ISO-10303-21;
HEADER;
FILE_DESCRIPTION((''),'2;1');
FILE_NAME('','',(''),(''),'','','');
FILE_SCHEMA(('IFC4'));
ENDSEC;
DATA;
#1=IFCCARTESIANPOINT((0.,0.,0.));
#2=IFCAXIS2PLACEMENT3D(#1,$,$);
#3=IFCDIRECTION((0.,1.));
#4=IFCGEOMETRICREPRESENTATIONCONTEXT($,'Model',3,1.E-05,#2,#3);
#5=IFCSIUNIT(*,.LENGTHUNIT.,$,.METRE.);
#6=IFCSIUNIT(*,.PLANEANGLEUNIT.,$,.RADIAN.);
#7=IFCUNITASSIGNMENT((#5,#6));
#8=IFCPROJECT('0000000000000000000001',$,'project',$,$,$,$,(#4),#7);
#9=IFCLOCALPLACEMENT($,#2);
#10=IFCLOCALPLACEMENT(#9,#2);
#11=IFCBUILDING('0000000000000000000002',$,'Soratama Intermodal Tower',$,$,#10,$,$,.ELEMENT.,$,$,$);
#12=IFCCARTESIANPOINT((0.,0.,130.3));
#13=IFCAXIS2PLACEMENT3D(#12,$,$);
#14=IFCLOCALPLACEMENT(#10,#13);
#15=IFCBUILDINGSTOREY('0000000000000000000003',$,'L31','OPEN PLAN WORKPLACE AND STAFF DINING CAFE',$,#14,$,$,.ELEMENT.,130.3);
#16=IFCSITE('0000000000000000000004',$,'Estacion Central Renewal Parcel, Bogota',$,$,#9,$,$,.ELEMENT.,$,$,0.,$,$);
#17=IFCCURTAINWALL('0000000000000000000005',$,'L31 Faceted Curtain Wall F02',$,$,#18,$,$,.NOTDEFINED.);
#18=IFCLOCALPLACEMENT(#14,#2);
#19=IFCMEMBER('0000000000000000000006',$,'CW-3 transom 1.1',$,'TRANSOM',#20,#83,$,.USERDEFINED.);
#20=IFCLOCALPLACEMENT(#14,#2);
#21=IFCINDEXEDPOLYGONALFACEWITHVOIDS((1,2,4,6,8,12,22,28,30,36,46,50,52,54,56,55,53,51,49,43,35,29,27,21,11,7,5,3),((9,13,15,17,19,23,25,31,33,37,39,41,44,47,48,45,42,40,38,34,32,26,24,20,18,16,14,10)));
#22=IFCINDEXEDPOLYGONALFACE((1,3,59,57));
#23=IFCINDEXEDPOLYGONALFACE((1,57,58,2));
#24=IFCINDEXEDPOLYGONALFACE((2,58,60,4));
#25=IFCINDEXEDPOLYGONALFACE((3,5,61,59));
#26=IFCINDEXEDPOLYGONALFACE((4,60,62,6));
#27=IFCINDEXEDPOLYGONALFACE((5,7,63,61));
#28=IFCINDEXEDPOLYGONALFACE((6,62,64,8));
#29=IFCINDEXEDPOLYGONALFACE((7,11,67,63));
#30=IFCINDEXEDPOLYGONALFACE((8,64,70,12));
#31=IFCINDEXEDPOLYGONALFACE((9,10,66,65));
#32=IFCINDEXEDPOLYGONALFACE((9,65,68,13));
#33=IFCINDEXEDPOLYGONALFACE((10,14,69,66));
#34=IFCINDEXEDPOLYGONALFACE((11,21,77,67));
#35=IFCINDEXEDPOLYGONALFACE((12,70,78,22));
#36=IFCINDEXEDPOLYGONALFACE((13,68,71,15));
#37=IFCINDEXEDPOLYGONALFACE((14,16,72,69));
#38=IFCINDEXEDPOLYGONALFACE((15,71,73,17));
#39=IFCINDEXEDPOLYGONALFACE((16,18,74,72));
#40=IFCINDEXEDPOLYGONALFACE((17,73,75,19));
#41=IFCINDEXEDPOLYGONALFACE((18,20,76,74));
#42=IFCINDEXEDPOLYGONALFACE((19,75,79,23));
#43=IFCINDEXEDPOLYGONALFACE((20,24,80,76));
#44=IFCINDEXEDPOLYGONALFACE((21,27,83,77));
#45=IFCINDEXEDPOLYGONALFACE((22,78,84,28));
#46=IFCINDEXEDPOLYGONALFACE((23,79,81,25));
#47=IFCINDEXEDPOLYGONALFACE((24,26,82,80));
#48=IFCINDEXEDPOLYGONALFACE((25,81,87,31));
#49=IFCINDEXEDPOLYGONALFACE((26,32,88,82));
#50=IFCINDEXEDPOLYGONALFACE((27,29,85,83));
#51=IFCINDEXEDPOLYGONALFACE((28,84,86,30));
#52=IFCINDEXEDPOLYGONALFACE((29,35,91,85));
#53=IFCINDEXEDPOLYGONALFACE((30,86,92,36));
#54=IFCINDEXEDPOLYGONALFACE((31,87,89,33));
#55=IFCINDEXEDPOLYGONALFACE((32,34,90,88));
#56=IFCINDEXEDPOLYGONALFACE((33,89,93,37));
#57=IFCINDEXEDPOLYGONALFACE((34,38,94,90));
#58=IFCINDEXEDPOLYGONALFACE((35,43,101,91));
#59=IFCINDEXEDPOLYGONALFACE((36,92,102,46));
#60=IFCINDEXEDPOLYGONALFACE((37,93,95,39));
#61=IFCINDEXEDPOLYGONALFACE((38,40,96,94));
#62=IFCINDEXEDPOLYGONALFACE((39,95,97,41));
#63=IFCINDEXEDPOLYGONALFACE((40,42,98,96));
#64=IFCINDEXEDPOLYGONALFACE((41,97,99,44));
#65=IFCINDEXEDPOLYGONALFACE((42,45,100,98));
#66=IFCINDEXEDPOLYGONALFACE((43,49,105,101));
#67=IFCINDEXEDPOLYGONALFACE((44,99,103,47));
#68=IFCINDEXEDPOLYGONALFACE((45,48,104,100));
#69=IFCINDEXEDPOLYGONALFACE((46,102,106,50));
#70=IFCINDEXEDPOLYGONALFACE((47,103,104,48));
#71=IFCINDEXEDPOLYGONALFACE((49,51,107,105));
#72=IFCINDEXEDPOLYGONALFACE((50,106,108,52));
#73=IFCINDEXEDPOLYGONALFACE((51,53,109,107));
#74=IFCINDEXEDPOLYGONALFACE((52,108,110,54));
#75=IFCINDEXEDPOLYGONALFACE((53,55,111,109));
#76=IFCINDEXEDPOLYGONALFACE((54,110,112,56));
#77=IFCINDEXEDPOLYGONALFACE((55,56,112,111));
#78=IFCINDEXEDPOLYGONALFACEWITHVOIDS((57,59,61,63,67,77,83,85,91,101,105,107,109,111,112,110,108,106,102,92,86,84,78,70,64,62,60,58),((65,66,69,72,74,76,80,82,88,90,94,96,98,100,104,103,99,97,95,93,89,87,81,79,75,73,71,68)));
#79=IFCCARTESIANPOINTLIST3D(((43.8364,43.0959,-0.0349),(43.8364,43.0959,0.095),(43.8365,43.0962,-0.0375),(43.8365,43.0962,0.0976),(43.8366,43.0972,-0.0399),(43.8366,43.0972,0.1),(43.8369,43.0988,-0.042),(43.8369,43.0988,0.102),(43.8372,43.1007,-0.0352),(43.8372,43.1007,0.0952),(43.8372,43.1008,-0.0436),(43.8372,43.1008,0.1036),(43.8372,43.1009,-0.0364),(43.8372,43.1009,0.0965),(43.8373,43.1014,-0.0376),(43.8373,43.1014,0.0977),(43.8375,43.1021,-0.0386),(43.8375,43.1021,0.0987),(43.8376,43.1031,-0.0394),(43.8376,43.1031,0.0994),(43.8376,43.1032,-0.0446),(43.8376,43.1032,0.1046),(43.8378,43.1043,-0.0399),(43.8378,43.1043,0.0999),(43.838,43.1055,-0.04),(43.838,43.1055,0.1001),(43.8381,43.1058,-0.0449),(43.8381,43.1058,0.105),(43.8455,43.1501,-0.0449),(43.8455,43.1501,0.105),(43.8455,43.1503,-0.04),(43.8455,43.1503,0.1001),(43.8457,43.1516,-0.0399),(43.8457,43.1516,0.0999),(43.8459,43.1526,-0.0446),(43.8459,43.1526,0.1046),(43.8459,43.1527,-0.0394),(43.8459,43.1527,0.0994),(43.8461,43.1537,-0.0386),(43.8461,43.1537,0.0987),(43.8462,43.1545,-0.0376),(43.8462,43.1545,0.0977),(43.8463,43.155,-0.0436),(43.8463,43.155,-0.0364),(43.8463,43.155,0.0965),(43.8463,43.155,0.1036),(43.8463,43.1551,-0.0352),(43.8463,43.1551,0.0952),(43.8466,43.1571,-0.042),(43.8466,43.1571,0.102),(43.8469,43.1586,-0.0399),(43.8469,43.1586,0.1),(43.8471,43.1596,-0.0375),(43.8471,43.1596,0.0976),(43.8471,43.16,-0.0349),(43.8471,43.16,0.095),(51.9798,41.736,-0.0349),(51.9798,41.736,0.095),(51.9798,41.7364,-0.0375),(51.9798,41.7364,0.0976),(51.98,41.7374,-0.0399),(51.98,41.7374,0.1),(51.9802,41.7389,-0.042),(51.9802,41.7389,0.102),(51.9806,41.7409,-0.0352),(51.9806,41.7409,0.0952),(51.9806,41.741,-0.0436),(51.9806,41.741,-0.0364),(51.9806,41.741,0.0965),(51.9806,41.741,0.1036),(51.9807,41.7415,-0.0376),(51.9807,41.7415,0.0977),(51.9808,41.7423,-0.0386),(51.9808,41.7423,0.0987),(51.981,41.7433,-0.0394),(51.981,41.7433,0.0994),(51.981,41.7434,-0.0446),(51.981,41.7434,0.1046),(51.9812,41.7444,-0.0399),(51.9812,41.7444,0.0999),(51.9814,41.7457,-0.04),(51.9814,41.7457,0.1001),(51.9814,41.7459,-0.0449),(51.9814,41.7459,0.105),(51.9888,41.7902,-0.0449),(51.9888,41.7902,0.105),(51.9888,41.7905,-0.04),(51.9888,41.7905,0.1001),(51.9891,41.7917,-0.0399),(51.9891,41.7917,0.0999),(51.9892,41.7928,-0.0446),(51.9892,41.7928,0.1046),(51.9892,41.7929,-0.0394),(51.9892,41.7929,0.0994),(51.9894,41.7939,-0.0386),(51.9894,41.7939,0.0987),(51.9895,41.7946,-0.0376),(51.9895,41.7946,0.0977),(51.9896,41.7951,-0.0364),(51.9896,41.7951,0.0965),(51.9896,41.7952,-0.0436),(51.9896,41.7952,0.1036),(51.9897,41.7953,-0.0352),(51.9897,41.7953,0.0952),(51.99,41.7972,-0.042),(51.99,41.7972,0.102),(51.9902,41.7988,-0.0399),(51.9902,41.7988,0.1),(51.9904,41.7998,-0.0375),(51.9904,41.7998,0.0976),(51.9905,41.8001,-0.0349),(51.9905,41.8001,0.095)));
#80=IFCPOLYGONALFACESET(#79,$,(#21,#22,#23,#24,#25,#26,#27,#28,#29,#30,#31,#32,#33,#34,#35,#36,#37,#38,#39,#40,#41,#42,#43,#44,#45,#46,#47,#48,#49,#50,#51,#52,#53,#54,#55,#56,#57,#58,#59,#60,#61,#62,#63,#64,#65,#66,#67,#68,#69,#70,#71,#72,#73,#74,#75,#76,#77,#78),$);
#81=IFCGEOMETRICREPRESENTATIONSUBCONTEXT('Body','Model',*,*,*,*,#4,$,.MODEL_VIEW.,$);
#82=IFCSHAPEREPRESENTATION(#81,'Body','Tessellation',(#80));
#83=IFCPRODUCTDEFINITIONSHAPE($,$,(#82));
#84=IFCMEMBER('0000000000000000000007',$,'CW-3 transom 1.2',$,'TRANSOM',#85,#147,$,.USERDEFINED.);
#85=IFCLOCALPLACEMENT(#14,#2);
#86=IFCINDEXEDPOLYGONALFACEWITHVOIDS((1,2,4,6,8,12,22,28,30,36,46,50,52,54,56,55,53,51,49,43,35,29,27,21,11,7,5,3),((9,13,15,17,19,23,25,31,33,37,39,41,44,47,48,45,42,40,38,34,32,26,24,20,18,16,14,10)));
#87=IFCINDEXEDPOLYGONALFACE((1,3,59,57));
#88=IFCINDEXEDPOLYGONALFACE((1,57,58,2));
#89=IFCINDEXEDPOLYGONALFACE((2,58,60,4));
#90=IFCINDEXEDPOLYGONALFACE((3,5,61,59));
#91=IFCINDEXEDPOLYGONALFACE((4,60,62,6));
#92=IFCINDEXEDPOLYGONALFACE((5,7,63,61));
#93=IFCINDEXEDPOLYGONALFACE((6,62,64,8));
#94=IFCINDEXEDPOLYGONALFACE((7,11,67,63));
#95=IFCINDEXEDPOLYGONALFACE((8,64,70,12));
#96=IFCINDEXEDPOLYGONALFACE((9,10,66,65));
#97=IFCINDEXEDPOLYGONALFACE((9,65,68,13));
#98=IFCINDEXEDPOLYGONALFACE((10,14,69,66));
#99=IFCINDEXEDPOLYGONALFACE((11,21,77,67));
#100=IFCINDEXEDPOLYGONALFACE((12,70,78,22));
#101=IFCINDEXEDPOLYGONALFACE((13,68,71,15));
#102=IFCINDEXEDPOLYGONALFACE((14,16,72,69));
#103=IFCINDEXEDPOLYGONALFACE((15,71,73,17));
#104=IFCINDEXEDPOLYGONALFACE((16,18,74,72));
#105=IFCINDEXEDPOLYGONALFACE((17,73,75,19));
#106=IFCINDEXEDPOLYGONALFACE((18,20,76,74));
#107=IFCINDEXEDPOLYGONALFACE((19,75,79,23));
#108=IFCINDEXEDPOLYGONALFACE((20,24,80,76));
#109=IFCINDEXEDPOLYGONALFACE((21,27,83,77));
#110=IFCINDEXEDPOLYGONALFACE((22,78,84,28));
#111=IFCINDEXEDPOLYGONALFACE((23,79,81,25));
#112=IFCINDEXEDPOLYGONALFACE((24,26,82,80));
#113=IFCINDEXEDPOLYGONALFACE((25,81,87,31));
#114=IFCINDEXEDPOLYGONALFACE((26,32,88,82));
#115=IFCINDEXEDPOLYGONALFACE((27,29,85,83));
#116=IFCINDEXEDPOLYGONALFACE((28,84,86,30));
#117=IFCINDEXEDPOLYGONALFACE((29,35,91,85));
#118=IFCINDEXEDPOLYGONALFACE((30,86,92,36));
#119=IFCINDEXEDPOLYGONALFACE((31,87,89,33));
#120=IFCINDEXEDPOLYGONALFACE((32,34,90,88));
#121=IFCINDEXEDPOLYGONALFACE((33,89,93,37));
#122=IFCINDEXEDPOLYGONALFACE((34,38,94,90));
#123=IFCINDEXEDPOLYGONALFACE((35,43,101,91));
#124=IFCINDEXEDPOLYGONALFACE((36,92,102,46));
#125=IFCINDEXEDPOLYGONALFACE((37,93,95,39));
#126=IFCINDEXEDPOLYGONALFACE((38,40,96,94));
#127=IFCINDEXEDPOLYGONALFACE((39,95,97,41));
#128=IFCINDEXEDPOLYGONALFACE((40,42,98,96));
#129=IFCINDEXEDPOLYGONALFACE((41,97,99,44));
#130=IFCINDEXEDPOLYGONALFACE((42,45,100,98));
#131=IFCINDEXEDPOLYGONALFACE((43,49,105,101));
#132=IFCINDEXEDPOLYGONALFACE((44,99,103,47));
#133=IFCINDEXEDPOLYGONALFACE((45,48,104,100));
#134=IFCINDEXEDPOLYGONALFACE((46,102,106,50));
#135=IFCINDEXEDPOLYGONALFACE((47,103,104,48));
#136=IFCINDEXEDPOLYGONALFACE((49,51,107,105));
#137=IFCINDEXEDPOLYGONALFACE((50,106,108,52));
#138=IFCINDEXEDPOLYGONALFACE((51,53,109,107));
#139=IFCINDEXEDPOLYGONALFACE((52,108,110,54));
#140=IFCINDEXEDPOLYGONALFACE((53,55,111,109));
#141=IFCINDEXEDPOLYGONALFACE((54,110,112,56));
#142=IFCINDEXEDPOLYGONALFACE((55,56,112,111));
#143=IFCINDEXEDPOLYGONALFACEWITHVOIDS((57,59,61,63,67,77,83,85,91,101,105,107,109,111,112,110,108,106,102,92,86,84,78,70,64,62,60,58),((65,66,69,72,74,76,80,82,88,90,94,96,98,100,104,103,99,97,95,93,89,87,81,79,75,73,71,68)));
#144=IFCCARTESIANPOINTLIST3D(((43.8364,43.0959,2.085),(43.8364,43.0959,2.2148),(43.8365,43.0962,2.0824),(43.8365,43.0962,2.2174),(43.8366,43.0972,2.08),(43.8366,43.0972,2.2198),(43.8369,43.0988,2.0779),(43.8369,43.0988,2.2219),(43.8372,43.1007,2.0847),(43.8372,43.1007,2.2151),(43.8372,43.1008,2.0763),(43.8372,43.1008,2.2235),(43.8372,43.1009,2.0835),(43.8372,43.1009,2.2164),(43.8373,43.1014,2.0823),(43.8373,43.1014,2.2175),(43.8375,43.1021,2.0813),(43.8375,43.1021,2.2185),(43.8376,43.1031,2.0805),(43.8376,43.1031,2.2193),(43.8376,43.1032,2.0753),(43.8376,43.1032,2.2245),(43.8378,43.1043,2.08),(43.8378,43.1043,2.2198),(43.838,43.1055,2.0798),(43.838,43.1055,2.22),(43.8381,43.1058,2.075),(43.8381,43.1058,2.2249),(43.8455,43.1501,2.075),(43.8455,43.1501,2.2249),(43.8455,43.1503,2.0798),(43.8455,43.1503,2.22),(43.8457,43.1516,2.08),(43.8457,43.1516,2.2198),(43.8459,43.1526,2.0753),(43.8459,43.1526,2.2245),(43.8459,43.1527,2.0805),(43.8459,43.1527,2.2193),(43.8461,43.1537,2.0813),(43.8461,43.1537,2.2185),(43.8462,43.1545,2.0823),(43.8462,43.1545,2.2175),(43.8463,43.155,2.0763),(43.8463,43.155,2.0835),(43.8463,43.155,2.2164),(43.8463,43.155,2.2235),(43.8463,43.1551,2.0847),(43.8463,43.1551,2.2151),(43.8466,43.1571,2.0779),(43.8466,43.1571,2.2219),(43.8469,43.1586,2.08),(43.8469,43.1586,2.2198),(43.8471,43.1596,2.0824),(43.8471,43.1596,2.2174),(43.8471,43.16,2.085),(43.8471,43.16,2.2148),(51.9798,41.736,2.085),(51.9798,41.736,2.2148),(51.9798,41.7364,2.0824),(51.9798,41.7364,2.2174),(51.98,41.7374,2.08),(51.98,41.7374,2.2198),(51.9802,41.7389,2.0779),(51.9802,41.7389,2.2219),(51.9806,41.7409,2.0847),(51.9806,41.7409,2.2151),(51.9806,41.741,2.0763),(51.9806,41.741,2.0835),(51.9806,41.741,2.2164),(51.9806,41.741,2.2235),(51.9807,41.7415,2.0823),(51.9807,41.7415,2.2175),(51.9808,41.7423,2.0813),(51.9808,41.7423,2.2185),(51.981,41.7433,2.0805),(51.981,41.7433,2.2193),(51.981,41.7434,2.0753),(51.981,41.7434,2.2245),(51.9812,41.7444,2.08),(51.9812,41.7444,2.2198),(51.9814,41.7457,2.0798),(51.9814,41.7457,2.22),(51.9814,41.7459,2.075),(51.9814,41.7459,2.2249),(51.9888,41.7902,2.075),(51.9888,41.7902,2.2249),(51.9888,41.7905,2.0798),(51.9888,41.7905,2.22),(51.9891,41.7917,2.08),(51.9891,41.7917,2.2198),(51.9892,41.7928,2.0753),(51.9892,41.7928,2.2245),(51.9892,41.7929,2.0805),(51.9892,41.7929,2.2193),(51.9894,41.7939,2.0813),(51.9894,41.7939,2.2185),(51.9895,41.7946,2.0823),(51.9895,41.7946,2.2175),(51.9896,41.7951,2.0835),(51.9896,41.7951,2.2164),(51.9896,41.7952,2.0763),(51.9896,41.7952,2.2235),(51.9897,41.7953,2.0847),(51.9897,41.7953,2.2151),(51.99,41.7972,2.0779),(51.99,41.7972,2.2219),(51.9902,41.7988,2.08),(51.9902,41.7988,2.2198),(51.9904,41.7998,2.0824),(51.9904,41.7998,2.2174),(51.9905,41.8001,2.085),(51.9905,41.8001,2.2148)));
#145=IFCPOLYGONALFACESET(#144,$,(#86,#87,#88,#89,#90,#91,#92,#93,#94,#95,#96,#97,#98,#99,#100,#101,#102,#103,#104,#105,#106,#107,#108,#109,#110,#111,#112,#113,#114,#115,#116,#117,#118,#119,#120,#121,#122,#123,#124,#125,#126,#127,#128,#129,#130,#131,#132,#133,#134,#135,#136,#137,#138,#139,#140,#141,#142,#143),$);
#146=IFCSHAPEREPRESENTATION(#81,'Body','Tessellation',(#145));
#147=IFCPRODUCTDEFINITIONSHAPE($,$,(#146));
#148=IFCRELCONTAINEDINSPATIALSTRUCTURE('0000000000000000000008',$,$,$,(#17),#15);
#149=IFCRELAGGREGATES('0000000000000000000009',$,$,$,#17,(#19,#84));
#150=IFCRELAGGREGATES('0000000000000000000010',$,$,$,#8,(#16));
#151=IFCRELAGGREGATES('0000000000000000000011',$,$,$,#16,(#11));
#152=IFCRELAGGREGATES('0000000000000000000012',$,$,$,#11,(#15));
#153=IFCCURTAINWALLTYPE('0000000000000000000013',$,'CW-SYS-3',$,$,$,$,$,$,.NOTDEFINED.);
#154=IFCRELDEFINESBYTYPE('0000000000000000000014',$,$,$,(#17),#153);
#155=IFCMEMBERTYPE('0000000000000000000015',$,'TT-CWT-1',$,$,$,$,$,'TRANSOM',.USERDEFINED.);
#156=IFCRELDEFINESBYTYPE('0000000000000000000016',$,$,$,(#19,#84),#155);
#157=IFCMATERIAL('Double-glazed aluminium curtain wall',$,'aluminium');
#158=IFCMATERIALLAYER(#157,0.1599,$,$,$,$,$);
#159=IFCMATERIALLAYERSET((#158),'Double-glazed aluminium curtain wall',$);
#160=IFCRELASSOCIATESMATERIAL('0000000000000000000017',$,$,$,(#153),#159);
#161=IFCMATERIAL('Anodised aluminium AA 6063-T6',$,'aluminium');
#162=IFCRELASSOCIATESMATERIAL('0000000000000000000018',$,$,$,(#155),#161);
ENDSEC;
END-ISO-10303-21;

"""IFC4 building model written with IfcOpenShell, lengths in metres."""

from ifc_helpers import new_model, si_unit, direction, frame, origin, origin_2d, place, context, subcontext, project, spatial, hollow_rectangle, extrude, material, layer, layer_set, material_profile, profile_set, type_object, element, aggregate, save


model = new_model("IFC4")

# Units and contexts
model_context = context("Model", 3, precision=1e-05, world=origin(), true_north=direction((0.0, 1.0)))
body_context = subcontext(model_context, "Body", "Model", "MODEL_VIEW")
ifc_project = project(units=[si_unit("LENGTHUNIT", "METRE"), si_unit("PLANEANGLEUNIT", "RADIAN")], contexts=[model_context])

# Site, building, storey
site_placement = place(None, origin())
site = spatial("IfcSite", under=ifc_project, at=site_placement, Name="Estacion Central Renewal Parcel, Bogota", CompositionType="ELEMENT", RefElevation=0.0)
building_placement = place(site_placement, origin())
building = spatial("IfcBuilding", under=site, at=building_placement, Name="Soratama Intermodal Tower", CompositionType="ELEMENT")
storey_placement = place(building_placement, frame((0.0, 0.0, 130.3)))
storey = spatial("IfcBuildingStorey", under=building, at=storey_placement, Name="L31", Description="OPEN PLAN WORKPLACE AND STAFF DINING CAFE", CompositionType="ELEMENT", Elevation=130.3)

# Shared definitions
ifc_material_1 = material(Name="Double-glazed aluminium curtain wall", Category="aluminium")
ifc_layer_1 = layer(ifc_material_1, 0.1599)
ifc_layer_set_1 = layer_set([ifc_layer_1], Name="Double-glazed aluminium curtain wall")
curtain_wall_type = type_object("IfcCurtainWallType", Name="CW-SYS-3", PredefinedType="NOTDEFINED", material=ifc_layer_set_1)

# Curtain wall
curtain_wall_1_placement = place(storey_placement, origin())
curtain_wall_1 = element("IfcCurtainWall", 1, at=curtain_wall_1_placement, inside=storey, type_object=curtain_wall_type, Name="L31 Faceted Curtain Wall F02", PredefinedType="NOTDEFINED")

# Members
ifc_material_2 = material(Name="Anodised aluminium AA 6063-T6", Category="aluminium")
ifc_material_profile_1 = material_profile(ifc_material_2, hollow_rectangle(XDim=0.0649, YDim=0.1499, WallThickness=0.0049, InnerFilletRadius=0.0049, OuterFilletRadius=0.01, at=origin_2d()), Name="CWT150X65X5")
ifc_profile_set_1 = profile_set([ifc_material_profile_1], Name="Anodised aluminium AA 6063-T6")
member_type_1 = type_object("IfcMemberType", Name="TT-CWT-1", ElementType="TRANSOM", PredefinedType="USERDEFINED", material=ifc_profile_set_1)
member_1_placement = place(storey_placement, frame((51.9851, 41.7681, 0.03), z_axis=(-0.986342, 0.164711, 0.0), x_axis=(-0.164711, -0.986342, 0.0)))
member_1 = element("IfcMember", 2, at=member_1_placement, type_object=member_type_1, Name="CW-3 transom 1.1", ObjectType="TRANSOM", PredefinedType="USERDEFINED", context=body_context, shape_type="SweptSolid", body=[
    extrude(hollow_rectangle(XDim=0.0649, YDim=0.1499, WallThickness=0.0049, InnerFilletRadius=0.0049, OuterFilletRadius=0.01, at=origin_2d()), origin(), (0.0, 0.0, 1.0), 8.2561),
])
member_2_placement = place(storey_placement, frame((51.9851, 41.7681, 2.1499), z_axis=(-0.986342, 0.164711, 0.0), x_axis=(-0.164711, -0.986342, 0.0)))
member_2 = element("IfcMember", 3, at=member_2_placement, type_object=member_type_1, Name="CW-3 transom 1.2", ObjectType="TRANSOM", PredefinedType="USERDEFINED", context=body_context, shape_type="SweptSolid", body=[
    extrude(hollow_rectangle(XDim=0.0649, YDim=0.1499, WallThickness=0.0049, InnerFilletRadius=0.0049, OuterFilletRadius=0.01, at=origin_2d()), origin(), (0.0, 0.0, 1.0), 8.2561),
])

aggregate(curtain_wall_1, [member_1, member_2])

save(model, "model.ifc")
